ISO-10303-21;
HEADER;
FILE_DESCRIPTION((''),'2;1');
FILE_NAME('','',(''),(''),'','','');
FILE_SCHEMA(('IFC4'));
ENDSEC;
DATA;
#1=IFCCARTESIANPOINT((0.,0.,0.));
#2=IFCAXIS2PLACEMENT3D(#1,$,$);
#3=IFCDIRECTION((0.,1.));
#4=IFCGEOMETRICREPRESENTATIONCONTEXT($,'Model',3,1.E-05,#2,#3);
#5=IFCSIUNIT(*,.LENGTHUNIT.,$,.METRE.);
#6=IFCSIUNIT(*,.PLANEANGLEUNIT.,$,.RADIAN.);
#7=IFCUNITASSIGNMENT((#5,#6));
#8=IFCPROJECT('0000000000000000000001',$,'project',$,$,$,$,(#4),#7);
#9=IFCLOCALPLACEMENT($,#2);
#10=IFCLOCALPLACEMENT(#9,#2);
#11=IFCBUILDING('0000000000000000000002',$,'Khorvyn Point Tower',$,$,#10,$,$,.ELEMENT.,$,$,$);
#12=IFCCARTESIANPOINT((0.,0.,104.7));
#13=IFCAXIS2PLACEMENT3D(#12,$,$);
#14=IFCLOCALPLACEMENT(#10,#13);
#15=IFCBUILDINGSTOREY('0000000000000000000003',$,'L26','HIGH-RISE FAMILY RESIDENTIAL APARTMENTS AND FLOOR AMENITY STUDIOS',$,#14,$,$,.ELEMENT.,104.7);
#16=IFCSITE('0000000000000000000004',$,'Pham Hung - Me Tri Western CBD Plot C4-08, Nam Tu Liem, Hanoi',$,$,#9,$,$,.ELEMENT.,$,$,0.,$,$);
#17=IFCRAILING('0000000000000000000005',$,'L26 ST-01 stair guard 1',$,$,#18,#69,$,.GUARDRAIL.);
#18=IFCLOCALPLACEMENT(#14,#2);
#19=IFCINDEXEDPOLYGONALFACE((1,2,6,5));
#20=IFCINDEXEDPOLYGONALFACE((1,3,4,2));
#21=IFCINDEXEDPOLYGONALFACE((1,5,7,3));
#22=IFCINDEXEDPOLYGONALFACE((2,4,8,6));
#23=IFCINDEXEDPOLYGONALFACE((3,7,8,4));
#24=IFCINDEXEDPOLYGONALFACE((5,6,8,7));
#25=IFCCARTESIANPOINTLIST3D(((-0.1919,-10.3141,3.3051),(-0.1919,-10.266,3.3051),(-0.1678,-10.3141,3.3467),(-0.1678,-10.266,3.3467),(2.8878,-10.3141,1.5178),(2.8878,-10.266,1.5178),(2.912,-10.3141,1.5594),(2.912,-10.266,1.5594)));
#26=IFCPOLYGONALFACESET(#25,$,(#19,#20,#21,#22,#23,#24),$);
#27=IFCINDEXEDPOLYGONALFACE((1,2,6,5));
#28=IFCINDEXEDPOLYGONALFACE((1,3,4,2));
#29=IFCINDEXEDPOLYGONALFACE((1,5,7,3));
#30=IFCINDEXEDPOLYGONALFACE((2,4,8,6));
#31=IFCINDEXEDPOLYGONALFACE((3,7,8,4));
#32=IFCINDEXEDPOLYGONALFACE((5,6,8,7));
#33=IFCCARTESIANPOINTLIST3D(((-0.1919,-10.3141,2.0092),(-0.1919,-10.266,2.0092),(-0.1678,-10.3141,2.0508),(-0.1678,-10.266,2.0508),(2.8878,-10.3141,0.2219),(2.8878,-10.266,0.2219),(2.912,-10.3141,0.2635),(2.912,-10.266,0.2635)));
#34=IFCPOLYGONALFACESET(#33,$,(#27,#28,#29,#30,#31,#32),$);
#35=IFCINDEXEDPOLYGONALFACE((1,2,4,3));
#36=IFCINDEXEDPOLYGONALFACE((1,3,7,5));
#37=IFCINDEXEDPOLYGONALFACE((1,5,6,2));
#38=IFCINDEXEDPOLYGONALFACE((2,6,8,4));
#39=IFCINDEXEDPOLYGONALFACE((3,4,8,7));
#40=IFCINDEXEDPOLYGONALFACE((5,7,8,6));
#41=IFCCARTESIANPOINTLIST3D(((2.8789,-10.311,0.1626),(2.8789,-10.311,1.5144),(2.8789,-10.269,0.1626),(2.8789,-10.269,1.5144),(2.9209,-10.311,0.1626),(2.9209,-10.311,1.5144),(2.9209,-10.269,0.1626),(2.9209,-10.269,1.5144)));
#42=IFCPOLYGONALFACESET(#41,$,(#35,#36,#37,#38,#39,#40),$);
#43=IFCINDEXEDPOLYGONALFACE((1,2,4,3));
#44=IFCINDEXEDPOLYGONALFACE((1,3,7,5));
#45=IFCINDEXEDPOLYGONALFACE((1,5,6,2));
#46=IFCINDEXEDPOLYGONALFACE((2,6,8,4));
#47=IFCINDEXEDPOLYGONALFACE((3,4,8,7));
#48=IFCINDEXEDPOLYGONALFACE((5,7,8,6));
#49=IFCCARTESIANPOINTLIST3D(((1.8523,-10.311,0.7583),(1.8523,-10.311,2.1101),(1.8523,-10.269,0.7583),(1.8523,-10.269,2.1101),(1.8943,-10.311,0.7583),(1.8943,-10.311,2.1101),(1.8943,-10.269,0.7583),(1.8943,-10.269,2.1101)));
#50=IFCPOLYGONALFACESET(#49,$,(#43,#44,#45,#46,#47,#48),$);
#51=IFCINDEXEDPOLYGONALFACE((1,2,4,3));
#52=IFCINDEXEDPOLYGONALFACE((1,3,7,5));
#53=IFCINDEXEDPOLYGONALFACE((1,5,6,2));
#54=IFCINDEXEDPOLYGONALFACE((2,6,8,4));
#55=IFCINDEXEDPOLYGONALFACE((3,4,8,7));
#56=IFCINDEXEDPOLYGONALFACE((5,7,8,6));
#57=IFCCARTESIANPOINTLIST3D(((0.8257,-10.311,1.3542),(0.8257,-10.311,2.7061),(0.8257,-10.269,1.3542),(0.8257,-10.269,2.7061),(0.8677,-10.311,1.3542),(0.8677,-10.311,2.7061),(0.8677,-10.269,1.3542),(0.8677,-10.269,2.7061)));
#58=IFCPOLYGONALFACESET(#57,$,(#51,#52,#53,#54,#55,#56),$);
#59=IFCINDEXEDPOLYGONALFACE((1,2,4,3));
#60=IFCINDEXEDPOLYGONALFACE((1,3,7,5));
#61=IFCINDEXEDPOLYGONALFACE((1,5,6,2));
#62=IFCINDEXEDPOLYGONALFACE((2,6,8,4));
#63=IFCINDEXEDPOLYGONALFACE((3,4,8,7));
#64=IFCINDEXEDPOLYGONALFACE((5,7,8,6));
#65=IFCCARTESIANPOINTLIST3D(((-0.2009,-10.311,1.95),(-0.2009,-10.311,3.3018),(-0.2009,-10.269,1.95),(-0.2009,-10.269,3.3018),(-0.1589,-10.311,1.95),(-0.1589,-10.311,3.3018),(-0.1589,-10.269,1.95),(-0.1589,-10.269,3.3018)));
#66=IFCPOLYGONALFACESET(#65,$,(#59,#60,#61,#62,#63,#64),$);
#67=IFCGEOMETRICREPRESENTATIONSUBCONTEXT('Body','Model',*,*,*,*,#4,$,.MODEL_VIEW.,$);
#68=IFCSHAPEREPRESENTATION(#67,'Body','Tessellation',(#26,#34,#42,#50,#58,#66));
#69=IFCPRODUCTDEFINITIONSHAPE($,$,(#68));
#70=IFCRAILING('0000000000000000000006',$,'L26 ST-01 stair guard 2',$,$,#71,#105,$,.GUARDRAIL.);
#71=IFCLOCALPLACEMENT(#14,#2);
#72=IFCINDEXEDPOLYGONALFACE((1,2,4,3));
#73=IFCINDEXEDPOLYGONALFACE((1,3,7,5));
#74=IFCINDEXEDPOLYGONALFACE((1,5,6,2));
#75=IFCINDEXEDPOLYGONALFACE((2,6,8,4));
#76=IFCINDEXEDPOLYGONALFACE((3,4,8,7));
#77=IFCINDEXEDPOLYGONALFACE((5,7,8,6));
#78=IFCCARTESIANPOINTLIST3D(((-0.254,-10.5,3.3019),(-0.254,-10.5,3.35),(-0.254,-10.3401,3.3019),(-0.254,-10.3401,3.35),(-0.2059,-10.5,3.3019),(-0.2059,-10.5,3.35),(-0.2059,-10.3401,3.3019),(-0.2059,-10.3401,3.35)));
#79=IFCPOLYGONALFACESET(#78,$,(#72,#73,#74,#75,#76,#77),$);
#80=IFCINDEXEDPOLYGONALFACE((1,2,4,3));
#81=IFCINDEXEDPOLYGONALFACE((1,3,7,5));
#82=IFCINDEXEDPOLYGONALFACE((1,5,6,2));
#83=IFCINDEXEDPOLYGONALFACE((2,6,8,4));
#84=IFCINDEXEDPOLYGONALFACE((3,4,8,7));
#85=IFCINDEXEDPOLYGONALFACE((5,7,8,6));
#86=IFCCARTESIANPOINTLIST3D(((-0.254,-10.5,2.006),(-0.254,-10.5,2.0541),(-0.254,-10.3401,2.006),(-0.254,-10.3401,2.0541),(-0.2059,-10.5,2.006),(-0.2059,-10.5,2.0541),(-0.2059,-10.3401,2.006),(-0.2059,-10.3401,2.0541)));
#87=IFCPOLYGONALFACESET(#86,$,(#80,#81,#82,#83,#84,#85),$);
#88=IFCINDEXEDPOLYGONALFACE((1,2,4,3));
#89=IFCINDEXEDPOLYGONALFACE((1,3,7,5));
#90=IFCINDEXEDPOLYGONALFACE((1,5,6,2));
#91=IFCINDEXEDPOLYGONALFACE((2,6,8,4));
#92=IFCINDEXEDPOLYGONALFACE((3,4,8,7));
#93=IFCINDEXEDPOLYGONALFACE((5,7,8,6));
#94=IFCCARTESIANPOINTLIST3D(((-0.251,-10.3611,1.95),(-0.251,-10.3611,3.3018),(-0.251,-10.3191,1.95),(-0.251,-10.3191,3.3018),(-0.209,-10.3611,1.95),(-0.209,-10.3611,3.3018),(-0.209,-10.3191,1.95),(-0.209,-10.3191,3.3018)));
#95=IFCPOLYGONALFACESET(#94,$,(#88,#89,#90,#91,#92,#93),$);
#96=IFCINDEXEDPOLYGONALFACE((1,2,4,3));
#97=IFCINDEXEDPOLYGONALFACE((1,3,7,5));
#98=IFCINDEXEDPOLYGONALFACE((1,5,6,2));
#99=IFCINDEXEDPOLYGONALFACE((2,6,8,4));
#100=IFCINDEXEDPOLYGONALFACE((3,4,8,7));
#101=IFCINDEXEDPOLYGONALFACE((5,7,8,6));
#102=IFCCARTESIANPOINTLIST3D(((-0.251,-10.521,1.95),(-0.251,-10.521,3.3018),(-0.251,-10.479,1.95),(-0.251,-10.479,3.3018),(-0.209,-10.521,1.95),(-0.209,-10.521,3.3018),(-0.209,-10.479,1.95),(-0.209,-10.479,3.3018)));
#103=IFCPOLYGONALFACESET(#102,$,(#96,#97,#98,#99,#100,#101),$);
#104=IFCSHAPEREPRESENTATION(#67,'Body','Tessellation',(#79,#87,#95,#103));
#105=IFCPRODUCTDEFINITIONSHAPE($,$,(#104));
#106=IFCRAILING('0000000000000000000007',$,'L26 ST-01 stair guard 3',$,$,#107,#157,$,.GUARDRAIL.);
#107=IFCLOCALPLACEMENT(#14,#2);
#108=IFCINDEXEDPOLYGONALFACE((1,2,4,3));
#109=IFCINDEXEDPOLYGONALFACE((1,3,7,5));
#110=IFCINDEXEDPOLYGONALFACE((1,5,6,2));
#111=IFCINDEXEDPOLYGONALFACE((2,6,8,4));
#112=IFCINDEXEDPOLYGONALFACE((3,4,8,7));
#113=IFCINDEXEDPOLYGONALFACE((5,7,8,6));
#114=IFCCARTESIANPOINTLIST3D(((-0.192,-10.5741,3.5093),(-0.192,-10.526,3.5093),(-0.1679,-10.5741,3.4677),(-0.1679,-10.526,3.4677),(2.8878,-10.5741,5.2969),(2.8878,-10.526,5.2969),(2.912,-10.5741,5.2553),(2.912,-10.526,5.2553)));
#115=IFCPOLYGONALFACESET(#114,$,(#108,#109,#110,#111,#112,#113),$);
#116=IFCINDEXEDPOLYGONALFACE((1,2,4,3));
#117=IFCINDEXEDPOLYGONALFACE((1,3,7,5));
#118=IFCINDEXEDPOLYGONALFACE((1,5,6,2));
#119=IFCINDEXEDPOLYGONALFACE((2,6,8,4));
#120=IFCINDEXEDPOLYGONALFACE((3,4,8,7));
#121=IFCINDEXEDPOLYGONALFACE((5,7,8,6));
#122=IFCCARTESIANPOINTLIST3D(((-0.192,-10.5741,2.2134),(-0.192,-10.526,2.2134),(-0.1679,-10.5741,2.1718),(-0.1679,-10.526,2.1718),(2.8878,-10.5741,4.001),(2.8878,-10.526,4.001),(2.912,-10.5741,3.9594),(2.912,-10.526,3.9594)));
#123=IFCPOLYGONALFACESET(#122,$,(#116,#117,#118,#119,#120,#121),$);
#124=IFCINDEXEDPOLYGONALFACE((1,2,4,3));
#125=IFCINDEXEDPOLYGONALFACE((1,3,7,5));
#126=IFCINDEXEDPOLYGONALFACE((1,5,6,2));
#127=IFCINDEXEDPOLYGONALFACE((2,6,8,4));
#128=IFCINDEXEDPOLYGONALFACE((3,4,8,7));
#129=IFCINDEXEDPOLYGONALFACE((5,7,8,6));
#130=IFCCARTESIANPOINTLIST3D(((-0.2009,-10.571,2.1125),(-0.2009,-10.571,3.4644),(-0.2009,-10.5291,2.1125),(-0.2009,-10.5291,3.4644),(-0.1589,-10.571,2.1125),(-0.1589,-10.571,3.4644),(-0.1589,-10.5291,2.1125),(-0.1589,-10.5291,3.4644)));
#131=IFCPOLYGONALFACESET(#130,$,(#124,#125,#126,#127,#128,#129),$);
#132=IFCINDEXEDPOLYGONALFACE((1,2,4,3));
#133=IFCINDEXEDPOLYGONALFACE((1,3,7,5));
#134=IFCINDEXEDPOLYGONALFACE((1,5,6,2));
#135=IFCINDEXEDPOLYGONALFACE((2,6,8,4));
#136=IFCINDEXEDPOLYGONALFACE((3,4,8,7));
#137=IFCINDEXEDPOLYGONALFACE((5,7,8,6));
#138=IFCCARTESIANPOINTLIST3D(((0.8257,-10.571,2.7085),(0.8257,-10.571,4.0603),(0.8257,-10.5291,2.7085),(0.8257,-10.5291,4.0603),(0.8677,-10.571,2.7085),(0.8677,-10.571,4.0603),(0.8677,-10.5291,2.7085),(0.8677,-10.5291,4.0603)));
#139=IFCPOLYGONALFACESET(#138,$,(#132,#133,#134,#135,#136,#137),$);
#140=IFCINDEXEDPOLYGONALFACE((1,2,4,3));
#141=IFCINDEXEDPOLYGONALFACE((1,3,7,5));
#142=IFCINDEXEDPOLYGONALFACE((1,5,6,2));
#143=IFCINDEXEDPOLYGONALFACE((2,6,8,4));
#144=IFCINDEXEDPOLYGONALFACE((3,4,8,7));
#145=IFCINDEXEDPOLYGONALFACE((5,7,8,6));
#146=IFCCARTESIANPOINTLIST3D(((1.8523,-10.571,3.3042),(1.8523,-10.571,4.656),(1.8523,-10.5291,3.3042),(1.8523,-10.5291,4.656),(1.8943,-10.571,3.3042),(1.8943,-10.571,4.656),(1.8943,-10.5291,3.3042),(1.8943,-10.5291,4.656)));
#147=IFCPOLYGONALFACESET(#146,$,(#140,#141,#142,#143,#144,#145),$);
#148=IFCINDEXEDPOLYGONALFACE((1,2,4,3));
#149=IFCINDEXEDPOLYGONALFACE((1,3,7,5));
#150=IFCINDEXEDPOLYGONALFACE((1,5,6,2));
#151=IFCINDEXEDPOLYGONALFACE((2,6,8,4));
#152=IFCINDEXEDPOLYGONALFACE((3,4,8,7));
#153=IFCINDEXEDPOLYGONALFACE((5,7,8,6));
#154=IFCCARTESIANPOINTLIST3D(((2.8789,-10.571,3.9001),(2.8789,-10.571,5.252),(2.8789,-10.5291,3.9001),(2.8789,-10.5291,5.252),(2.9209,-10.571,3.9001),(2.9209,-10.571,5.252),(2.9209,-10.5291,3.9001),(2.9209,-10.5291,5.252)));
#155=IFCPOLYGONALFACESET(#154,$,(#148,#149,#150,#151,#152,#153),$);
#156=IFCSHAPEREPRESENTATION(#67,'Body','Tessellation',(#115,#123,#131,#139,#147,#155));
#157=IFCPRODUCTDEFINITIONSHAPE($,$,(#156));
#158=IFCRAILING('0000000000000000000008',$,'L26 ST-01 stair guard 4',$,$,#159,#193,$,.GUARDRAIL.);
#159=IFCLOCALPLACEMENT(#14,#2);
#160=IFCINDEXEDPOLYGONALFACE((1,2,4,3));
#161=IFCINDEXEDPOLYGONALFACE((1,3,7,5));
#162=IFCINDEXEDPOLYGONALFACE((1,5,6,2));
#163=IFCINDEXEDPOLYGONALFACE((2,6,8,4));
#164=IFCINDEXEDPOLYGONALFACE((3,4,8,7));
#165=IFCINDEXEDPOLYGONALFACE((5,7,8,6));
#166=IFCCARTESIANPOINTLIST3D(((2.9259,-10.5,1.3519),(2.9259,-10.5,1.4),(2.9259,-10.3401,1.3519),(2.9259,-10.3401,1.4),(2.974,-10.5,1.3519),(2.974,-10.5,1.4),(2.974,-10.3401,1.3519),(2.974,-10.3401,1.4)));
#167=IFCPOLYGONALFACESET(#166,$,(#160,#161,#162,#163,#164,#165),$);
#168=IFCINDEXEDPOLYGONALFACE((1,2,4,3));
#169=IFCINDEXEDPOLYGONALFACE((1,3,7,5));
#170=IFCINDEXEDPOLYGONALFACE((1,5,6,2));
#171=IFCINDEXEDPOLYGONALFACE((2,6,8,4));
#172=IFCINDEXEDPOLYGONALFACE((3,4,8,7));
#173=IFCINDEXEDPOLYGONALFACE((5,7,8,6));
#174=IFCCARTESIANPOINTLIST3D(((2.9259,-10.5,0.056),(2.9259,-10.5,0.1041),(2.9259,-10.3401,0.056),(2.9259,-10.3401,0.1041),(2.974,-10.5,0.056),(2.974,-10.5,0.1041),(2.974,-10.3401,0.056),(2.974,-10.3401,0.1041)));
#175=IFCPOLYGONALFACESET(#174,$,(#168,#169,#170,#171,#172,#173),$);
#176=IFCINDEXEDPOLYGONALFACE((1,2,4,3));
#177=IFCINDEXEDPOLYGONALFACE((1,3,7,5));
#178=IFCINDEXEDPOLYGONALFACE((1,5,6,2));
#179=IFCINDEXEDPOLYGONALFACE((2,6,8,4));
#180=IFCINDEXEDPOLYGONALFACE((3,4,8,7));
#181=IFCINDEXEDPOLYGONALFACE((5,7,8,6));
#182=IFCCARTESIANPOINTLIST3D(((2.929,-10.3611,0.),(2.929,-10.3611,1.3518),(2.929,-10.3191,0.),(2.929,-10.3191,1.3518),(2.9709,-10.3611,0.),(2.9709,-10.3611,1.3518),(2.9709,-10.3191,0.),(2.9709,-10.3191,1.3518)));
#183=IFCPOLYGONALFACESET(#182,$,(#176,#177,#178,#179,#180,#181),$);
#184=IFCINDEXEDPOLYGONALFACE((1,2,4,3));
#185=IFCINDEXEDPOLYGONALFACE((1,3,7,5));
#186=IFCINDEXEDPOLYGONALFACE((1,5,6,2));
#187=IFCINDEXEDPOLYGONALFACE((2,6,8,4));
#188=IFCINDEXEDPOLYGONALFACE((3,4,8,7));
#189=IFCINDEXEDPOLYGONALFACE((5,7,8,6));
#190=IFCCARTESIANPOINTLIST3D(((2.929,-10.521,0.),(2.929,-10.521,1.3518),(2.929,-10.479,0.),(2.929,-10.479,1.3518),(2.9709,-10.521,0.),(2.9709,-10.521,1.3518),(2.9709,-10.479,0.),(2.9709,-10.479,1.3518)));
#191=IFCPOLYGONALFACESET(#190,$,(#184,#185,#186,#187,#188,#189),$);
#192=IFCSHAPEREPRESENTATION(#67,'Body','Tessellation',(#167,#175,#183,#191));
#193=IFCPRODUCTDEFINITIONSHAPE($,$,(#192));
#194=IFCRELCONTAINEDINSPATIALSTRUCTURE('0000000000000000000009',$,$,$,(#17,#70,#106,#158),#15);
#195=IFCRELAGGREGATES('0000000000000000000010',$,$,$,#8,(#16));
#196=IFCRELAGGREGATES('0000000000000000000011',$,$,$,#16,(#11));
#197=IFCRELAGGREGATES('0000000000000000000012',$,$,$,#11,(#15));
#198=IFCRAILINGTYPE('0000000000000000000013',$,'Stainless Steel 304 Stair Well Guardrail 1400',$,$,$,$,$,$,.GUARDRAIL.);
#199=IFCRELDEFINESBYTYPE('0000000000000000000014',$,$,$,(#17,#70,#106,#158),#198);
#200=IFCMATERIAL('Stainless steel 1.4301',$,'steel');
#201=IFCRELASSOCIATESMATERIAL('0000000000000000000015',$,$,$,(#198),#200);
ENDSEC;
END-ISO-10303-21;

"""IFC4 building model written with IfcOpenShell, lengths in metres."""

from ifc_helpers import new_model, si_unit, direction, frame, origin, origin_2d, place, context, subcontext, project, spatial, rectangle, extrude, material, type_object, element, save


model = new_model("IFC4")

# Units and contexts
model_context = context("Model", 3, precision=1e-05, world=origin(), true_north=direction((0.0, 1.0)))
body_context = subcontext(model_context, "Body", "Model", "MODEL_VIEW")
ifc_project = project(units=[si_unit("LENGTHUNIT", "METRE"), si_unit("PLANEANGLEUNIT", "RADIAN")], contexts=[model_context])

# Site, building, storey
site_placement = place(None, origin())
site = spatial("IfcSite", under=ifc_project, at=site_placement, Name="Pham Hung - Me Tri Western CBD Plot C4-08, Nam Tu Liem, Hanoi", CompositionType="ELEMENT", RefElevation=0.0)
building_placement = place(site_placement, origin())
building = spatial("IfcBuilding", under=site, at=building_placement, Name="Khorvyn Point Tower", CompositionType="ELEMENT")
storey_placement = place(building_placement, frame((0.0, 0.0, 104.7)))
storey = spatial("IfcBuildingStorey", under=building, at=storey_placement, Name="L26", Description="HIGH-RISE FAMILY RESIDENTIAL APARTMENTS AND FLOOR AMENITY STUDIOS", CompositionType="ELEMENT", Elevation=104.7)

# Railings
ifc_material_1 = material(Name="Stainless steel 1.4301", Category="steel")
railing_type_1 = type_object("IfcRailingType", Name="Stainless Steel 304 Stair Well Guardrail 1400", PredefinedType="GUARDRAIL", material=ifc_material_1)
railing_1_placement = place(storey_placement, frame((2.8999, -10.29, 0.1626)))
element("IfcRailing", 1, at=railing_1_placement, inside=storey, type_object=railing_type_1, Name="L26 ST-01 stair guard 1", PredefinedType="GUARDRAIL", context=body_context, shape_type="SweptSolid", body=[
    extrude(rectangle(XDim=0.0481, YDim=0.0481, at=origin_2d()), frame((0.0, 0.0, 1.376), z_axis=(-0.864903, 0.0, 0.501939), x_axis=(0.0, -1.0, 0.0)), (0.0, 0.0, 1.0), 3.5608),
    extrude(rectangle(XDim=0.0481, YDim=0.0481, at=origin_2d()), frame((0.0, 0.0, 0.0801), z_axis=(-0.864903, 0.0, 0.501939), x_axis=(0.0, -1.0, 0.0)), (0.0, 0.0, 1.0), 3.5608),
    extrude(rectangle(XDim=0.042, YDim=0.042, at=origin_2d()), origin(), (0.0, 0.0, 1.0), 1.3518),
    extrude(rectangle(XDim=0.042, YDim=0.042, at=origin_2d()), frame((-1.0266, 0.0, 0.5957)), (0.0, 0.0, 1.0), 1.3518),
    extrude(rectangle(XDim=0.042, YDim=0.042, at=origin_2d()), frame((-2.0532, 0.0, 1.1917)), (0.0, 0.0, 1.0), 1.3518),
    extrude(rectangle(XDim=0.042, YDim=0.042, at=origin_2d()), frame((-3.0798, 0.0, 1.7874)), (0.0, 0.0, 1.0), 1.3518),
])
railing_2_placement = place(storey_placement, frame((-0.23, -10.3401, 1.95)))
element("IfcRailing", 2, at=railing_2_placement, inside=storey, type_object=railing_type_1, Name="L26 ST-01 stair guard 2", PredefinedType="GUARDRAIL", context=body_context, shape_type="SweptSolid", body=[
    extrude(rectangle(XDim=0.0481, YDim=0.0481, at=origin_2d()), frame((0.0, 0.0, 1.376), z_axis=(0.0, -1.0, 0.0), x_axis=(1.0, 0.0, 0.0)), (0.0, 0.0, 1.0), 0.1599),
    extrude(rectangle(XDim=0.0481, YDim=0.0481, at=origin_2d()), frame((0.0, 0.0, 0.0801), z_axis=(0.0, -1.0, 0.0), x_axis=(1.0, 0.0, 0.0)), (0.0, 0.0, 1.0), 0.1599),
    extrude(rectangle(XDim=0.042, YDim=0.042, at=origin_2d()), origin(), (0.0, 0.0, 1.0), 1.3518),
    extrude(rectangle(XDim=0.042, YDim=0.042, at=origin_2d()), frame((0.0, -0.1599, 0.0)), (0.0, 0.0, 1.0), 1.3518),
])
railing_3_placement = place(storey_placement, frame((-0.1799, -10.55, 2.1125)))
element("IfcRailing", 3, at=railing_3_placement, inside=storey, type_object=railing_type_1, Name="L26 ST-01 stair guard 3", PredefinedType="GUARDRAIL", context=body_context, shape_type="SweptSolid", body=[
    extrude(rectangle(XDim=0.0481, YDim=0.0481, at=origin_2d()), frame((0.0, 0.0, 1.376), z_axis=(0.864873, 0.0, 0.50199), x_axis=(0.0, 1.0, 0.0)), (0.0, 0.0, 1.0), 3.561),
    extrude(rectangle(XDim=0.0481, YDim=0.0481, at=origin_2d()), frame((0.0, 0.0, 0.0801), z_axis=(0.864873, 0.0, 0.50199), x_axis=(0.0, 1.0, 0.0)), (0.0, 0.0, 1.0), 3.561),
    extrude(rectangle(XDim=0.042, YDim=0.042, at=origin_2d()), origin(), (0.0, 0.0, 1.0), 1.3518),
    extrude(rectangle(XDim=0.042, YDim=0.042, at=origin_2d()), frame((1.0266, 0.0, 0.5959)), (0.0, 0.0, 1.0), 1.3518),
    extrude(rectangle(XDim=0.042, YDim=0.042, at=origin_2d()), frame((2.0532, 0.0, 1.1917)), (0.0, 0.0, 1.0), 1.3518),
    extrude(rectangle(XDim=0.042, YDim=0.042, at=origin_2d()), frame((3.0798, 0.0, 1.7876)), (0.0, 0.0, 1.0), 1.3518),
])
railing_4_placement = place(storey_placement, frame((2.95, -10.3401, 0.0)))
element("IfcRailing", 4, at=railing_4_placement, inside=storey, type_object=railing_type_1, Name="L26 ST-01 stair guard 4", PredefinedType="GUARDRAIL", context=body_context, shape_type="SweptSolid", body=[
    extrude(rectangle(XDim=0.0481, YDim=0.0481, at=origin_2d()), frame((0.0, 0.0, 1.376), z_axis=(0.0, -1.0, 0.0), x_axis=(1.0, 0.0, 0.0)), (0.0, 0.0, 1.0), 0.1599),
    extrude(rectangle(XDim=0.0481, YDim=0.0481, at=origin_2d()), frame((0.0, 0.0, 0.0801), z_axis=(0.0, -1.0, 0.0), x_axis=(1.0, 0.0, 0.0)), (0.0, 0.0, 1.0), 0.1599),
    extrude(rectangle(XDim=0.042, YDim=0.042, at=origin_2d()), origin(), (0.0, 0.0, 1.0), 1.3518),
    extrude(rectangle(XDim=0.042, YDim=0.042, at=origin_2d()), frame((0.0, -0.1599, 0.0)), (0.0, 0.0, 1.0), 1.3518),
])

save(model, "model.ifc")
